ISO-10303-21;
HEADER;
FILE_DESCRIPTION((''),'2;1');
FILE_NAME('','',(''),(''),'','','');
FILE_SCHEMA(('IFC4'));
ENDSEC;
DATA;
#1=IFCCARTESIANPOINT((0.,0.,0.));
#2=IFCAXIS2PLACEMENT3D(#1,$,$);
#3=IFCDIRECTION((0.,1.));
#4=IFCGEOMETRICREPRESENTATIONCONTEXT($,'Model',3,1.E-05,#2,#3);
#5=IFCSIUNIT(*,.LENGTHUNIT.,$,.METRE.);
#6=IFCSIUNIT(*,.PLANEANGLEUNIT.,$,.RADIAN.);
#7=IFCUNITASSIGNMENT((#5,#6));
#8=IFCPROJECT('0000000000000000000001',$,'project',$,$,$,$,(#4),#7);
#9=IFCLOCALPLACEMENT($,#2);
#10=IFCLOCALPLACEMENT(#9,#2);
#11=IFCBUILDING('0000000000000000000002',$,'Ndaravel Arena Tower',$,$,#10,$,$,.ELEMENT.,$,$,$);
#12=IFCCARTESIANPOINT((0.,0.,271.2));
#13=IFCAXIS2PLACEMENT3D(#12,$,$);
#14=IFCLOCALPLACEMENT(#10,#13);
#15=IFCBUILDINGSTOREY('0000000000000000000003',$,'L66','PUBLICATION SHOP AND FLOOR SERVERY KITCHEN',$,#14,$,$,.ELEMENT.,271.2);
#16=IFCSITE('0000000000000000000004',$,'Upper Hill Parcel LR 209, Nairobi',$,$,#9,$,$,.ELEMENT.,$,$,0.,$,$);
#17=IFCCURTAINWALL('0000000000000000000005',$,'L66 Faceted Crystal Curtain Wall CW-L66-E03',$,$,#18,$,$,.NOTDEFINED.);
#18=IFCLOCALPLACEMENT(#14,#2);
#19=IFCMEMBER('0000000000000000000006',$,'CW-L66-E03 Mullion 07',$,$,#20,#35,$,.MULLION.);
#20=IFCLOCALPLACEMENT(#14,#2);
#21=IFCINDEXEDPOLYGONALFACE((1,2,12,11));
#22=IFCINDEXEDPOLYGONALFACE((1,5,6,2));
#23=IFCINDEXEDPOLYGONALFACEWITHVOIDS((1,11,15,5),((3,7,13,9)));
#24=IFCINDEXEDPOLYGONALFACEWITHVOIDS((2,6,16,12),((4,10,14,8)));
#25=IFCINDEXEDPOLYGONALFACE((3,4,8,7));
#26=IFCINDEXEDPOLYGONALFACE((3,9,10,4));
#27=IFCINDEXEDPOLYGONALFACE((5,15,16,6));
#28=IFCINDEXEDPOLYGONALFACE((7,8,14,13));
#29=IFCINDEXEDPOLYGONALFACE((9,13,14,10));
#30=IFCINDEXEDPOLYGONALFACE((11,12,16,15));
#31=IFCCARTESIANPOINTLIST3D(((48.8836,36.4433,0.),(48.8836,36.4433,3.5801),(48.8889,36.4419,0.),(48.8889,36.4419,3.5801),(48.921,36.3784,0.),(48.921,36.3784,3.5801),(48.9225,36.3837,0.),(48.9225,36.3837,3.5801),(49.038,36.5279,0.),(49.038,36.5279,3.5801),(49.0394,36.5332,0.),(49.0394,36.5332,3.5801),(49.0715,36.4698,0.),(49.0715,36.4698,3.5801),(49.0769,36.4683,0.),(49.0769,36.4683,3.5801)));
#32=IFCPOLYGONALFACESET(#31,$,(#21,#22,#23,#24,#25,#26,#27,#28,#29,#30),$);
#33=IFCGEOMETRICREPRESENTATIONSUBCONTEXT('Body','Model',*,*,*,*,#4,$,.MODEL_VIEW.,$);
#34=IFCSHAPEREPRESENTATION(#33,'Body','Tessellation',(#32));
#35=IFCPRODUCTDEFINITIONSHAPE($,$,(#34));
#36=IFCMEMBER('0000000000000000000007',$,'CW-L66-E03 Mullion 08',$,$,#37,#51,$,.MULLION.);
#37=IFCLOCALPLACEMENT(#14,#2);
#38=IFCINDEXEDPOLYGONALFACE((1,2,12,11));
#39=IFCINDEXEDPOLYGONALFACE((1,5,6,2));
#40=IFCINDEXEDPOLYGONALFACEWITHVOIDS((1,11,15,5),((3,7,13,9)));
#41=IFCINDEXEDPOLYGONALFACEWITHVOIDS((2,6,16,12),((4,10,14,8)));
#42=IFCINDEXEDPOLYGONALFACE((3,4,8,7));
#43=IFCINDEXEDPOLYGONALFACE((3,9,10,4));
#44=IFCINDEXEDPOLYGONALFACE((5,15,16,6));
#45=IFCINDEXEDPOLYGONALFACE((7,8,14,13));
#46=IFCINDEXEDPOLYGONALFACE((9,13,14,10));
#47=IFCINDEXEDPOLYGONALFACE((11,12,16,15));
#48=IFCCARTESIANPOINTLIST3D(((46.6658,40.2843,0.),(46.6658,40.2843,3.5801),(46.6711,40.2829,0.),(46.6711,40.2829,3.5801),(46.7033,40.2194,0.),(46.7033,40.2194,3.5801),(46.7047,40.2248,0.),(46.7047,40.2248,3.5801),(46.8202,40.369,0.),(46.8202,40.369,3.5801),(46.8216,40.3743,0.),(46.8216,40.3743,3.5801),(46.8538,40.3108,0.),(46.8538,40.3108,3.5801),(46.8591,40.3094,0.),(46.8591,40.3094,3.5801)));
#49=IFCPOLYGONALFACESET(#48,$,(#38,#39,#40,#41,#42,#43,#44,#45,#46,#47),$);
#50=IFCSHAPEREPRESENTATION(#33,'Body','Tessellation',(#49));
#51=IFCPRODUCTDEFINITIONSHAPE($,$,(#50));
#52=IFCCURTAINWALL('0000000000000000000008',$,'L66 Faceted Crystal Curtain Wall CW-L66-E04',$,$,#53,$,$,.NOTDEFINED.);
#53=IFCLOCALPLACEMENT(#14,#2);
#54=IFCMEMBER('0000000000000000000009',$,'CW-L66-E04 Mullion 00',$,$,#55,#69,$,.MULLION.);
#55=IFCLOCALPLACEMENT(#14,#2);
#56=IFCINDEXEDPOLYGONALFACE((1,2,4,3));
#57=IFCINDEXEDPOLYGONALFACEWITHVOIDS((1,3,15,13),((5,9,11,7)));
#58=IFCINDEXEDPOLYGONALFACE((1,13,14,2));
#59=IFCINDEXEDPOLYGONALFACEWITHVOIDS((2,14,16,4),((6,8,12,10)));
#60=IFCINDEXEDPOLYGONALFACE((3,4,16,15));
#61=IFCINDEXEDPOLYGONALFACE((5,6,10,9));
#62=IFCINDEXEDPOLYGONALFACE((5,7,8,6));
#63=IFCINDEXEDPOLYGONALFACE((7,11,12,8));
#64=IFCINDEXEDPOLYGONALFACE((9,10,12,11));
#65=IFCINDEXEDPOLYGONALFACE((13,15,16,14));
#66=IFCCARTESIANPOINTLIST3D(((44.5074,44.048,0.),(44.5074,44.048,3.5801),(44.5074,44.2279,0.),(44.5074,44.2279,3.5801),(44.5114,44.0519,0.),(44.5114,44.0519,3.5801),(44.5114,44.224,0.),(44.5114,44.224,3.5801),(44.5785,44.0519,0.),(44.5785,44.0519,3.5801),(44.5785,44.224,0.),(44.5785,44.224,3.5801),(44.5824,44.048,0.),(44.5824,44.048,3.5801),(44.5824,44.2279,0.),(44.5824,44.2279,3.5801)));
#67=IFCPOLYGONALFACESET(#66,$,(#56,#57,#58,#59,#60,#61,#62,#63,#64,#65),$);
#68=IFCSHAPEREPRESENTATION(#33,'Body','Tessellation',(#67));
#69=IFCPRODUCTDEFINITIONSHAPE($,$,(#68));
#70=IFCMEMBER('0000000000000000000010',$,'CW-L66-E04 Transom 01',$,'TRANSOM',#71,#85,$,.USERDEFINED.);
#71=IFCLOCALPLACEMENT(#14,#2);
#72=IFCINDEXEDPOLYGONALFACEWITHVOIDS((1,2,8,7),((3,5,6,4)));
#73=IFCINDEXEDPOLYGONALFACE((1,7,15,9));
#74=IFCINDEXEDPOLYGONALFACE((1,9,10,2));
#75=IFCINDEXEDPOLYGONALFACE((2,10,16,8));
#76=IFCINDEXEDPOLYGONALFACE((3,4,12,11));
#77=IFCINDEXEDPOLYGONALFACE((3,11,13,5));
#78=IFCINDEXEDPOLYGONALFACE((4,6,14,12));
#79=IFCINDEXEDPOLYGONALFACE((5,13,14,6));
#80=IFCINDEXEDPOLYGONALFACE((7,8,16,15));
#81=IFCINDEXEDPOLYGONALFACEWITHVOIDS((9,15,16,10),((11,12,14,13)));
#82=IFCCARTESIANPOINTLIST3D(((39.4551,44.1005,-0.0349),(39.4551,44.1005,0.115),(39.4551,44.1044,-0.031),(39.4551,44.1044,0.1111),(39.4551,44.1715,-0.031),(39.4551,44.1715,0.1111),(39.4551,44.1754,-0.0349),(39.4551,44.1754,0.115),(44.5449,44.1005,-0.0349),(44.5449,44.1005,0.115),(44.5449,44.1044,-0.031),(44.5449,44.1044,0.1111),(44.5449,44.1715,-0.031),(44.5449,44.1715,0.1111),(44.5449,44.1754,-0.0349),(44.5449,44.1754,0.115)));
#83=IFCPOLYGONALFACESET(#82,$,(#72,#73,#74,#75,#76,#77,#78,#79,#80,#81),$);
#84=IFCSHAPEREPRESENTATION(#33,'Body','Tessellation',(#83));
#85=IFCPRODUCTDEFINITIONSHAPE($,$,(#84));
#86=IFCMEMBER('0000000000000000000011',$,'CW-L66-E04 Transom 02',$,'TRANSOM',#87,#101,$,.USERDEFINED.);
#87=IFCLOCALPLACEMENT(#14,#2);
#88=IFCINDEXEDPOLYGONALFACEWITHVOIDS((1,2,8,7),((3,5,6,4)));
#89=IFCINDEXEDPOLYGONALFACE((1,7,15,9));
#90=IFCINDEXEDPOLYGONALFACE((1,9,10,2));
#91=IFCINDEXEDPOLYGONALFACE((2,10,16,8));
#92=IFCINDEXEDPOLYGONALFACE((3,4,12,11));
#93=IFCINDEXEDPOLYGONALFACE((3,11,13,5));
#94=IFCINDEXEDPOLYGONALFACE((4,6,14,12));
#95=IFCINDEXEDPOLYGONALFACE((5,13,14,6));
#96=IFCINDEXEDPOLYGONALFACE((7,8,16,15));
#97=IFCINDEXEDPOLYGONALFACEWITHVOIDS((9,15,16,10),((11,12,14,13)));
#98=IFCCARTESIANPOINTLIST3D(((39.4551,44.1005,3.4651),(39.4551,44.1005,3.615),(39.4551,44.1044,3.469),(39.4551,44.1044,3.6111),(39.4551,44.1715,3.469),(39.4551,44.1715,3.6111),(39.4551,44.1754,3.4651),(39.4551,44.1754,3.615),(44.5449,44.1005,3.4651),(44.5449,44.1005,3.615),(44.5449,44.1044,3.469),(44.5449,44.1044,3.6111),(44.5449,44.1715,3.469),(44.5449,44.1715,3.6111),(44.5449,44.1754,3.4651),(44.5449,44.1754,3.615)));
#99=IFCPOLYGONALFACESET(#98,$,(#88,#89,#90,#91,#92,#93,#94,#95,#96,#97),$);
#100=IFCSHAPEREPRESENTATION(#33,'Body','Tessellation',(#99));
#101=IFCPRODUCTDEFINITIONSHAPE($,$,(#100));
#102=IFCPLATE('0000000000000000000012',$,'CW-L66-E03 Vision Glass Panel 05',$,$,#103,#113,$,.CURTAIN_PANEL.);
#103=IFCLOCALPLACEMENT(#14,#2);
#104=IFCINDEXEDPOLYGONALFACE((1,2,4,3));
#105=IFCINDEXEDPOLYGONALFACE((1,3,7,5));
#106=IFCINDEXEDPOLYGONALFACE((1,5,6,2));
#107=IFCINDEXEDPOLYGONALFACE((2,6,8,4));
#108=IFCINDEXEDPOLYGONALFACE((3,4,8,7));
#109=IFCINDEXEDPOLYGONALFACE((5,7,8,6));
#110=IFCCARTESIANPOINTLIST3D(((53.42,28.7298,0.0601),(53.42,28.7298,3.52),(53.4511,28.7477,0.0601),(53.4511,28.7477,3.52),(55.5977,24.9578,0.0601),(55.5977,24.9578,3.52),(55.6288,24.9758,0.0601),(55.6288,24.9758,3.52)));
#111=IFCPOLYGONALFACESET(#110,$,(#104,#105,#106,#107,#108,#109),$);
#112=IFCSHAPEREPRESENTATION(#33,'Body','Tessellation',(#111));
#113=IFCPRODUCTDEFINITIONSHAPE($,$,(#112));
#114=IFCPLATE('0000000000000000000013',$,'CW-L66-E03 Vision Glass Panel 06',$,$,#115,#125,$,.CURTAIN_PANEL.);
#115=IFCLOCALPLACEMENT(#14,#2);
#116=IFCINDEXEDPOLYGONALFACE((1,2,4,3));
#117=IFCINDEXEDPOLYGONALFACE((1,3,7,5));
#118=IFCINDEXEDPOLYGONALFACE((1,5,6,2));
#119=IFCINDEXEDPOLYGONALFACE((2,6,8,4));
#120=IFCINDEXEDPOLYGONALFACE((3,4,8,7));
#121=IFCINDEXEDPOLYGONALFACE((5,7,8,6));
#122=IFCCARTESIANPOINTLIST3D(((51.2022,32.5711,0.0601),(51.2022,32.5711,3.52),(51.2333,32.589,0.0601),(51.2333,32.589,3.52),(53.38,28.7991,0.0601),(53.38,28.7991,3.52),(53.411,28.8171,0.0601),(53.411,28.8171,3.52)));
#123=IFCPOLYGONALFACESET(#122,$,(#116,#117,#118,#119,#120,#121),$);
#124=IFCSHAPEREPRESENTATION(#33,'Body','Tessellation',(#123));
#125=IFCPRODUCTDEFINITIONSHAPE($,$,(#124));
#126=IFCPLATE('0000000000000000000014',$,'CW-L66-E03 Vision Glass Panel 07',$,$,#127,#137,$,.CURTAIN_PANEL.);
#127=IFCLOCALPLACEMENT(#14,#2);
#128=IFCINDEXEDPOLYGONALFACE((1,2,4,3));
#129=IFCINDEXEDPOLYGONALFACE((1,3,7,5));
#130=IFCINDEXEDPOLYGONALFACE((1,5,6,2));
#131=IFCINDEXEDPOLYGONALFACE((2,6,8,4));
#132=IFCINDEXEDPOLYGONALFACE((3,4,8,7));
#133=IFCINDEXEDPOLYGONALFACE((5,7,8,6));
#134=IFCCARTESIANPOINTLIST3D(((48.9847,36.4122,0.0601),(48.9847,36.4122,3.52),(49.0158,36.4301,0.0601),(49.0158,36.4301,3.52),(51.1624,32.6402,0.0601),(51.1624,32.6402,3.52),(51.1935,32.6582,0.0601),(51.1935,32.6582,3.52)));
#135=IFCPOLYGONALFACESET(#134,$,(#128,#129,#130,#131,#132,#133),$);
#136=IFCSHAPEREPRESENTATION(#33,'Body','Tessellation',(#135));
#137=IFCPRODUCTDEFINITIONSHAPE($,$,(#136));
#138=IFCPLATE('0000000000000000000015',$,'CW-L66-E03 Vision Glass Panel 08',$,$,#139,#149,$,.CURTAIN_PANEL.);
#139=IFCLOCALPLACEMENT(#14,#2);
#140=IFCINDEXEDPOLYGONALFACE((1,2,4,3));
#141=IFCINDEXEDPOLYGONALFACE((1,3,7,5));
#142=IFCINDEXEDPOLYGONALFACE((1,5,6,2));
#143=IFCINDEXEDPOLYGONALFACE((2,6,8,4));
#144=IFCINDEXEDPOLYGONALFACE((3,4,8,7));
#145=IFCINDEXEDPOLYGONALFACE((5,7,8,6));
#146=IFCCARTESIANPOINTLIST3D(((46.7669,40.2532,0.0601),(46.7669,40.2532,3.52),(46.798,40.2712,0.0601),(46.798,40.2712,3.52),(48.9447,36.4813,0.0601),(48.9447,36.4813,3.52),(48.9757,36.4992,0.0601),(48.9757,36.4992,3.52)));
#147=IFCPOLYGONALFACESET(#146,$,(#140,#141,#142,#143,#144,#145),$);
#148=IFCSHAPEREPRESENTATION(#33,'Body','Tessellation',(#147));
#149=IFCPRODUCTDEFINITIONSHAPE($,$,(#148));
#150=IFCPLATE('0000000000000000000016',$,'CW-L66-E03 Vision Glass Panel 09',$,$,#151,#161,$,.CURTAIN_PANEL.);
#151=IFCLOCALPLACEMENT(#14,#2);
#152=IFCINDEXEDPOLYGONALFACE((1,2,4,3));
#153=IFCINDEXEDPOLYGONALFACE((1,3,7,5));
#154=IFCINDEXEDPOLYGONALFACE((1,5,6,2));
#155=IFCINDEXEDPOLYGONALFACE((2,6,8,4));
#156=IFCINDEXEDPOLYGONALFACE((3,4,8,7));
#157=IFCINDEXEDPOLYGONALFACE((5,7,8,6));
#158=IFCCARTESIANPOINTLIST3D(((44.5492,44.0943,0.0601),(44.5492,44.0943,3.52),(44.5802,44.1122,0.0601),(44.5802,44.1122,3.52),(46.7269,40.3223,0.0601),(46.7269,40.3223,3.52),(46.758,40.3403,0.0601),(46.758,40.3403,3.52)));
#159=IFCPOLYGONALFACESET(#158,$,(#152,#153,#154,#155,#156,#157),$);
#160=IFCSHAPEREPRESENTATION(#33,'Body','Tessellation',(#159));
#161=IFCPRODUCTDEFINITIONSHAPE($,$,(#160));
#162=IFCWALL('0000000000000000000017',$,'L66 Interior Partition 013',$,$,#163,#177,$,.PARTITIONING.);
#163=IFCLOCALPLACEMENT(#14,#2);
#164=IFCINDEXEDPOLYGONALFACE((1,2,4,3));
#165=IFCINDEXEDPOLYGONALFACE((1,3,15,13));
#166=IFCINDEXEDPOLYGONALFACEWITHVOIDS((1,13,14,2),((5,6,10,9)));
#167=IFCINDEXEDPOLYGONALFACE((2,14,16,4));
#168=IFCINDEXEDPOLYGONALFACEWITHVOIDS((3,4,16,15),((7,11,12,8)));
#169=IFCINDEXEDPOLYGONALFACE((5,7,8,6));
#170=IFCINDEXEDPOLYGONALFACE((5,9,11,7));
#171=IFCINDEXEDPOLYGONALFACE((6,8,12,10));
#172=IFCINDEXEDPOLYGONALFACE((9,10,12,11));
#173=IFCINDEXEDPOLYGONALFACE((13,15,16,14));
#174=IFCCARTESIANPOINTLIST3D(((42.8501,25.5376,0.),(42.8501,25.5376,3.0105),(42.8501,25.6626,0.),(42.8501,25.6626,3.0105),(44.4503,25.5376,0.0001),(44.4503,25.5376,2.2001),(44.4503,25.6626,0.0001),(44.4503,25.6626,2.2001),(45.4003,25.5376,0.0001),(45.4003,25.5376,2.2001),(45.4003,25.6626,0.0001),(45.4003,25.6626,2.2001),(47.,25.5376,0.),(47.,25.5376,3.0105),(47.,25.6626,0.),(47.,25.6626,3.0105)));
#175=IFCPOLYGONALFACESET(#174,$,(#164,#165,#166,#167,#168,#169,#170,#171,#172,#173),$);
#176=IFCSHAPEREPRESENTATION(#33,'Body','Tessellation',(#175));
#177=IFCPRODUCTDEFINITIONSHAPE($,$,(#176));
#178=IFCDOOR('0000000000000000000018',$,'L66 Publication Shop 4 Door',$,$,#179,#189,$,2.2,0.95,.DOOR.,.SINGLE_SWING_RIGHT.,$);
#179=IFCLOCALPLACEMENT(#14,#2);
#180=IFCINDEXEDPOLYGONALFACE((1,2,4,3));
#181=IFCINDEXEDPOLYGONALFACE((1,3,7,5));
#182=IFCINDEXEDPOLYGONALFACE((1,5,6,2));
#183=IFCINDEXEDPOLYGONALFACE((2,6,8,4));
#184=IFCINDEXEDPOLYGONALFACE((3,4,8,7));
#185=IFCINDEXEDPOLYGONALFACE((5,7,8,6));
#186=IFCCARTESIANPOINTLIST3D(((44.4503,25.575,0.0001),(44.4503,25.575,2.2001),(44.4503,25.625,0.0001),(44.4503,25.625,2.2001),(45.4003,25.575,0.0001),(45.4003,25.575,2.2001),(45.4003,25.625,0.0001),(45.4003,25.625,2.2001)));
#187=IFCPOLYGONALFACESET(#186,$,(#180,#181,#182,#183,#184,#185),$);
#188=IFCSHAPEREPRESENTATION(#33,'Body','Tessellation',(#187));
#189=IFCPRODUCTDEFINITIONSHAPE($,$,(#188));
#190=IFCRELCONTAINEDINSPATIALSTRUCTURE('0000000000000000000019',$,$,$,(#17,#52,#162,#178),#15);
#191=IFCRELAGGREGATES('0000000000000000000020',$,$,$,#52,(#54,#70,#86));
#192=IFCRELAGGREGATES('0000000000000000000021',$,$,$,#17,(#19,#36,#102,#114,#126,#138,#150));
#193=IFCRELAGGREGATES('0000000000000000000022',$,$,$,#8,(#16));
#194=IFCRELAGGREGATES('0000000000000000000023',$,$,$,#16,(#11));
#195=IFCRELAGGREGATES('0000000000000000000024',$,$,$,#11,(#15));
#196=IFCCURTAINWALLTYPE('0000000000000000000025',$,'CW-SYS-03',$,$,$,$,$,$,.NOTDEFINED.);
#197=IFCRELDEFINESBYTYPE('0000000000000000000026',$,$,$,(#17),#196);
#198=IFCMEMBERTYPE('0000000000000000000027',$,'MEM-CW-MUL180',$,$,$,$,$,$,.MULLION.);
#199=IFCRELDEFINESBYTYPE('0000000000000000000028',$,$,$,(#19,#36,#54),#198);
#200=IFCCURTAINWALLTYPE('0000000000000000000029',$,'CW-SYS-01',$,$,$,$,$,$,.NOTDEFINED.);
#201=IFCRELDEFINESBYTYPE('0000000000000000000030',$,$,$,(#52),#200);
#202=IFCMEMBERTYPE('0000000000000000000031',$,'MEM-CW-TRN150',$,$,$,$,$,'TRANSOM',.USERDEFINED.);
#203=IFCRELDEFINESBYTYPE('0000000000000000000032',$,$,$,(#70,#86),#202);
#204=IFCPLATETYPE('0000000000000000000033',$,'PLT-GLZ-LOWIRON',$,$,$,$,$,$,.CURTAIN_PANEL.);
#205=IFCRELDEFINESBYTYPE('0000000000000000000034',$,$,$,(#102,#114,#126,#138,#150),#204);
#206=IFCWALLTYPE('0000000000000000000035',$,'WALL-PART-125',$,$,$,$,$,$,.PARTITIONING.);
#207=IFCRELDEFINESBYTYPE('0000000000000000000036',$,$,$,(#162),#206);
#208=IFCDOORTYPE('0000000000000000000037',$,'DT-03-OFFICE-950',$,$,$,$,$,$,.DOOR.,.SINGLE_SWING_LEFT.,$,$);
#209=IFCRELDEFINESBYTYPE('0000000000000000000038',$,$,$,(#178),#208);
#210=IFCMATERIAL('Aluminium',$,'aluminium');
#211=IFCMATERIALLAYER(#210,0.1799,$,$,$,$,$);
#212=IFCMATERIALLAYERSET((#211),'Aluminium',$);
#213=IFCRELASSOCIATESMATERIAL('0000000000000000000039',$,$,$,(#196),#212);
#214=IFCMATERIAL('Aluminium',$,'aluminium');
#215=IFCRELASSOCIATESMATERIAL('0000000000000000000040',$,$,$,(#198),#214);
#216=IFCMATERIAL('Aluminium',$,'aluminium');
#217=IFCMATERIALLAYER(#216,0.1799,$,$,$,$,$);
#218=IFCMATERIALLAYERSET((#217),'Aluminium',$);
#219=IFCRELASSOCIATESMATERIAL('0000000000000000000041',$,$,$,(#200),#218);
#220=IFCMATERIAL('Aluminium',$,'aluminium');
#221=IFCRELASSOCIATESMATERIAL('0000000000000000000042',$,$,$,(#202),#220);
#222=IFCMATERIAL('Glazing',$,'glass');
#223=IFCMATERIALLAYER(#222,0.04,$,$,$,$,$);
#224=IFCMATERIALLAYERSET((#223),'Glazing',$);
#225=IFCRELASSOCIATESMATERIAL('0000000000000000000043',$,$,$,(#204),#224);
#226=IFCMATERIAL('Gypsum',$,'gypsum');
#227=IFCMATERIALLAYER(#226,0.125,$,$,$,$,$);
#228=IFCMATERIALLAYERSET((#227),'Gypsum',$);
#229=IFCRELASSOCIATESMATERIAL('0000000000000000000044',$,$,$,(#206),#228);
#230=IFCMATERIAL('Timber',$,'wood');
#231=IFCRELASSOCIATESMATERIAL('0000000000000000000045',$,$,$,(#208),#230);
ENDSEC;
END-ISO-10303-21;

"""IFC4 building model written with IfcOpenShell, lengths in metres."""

from ifc_helpers import new_model, si_unit, direction, frame, frame_2d, origin, origin_2d, place, context, subcontext, project, spatial, rectangle, hollow_rectangle, extrude, material, layer, layer_set, material_profile, profile_set, type_object, element, fill, aggregate, save


model = new_model("IFC4")

# Units and contexts
model_context = context("Model", 3, precision=1e-05, world=origin(), true_north=direction((0.0, 1.0)))
body_context = subcontext(model_context, "Body", "Model", "MODEL_VIEW")
ifc_project = project(units=[si_unit("LENGTHUNIT", "METRE"), si_unit("PLANEANGLEUNIT", "RADIAN")], contexts=[model_context])

# Site, building, storey
site_placement = place(None, origin())
site = spatial("IfcSite", under=ifc_project, at=site_placement, Name="Upper Hill Parcel LR 209, Nairobi", CompositionType="ELEMENT", RefElevation=0.0)
building_placement = place(site_placement, origin())
building = spatial("IfcBuilding", under=site, at=building_placement, Name="Ndaravel Arena Tower", CompositionType="ELEMENT")
storey_placement = place(building_placement, frame((0.0, 0.0, 271.2)))
storey = spatial("IfcBuildingStorey", under=building, at=storey_placement, Name="L66", Description="PUBLICATION SHOP AND FLOOR SERVERY KITCHEN", CompositionType="ELEMENT", Elevation=271.2)

# Curtain walls, members
ifc_material_1 = material(Name="Aluminium", Category="aluminium")
ifc_layer_1 = layer(ifc_material_1, 0.1799)
ifc_layer_set_1 = layer_set([ifc_layer_1], Name="Aluminium")
curtain_wall_type_1 = type_object("IfcCurtainWallType", Name="CW-SYS-03", PredefinedType="NOTDEFINED", material=ifc_layer_set_1)
curtain_wall_1_placement = place(storey_placement, origin())
curtain_wall_1 = element("IfcCurtainWall", 1, at=curtain_wall_1_placement, inside=storey, type_object=curtain_wall_type_1, Name="L66 Faceted Crystal Curtain Wall CW-L66-E03", PredefinedType="NOTDEFINED")
ifc_material_2 = material(Name="Aluminium", Category="aluminium")
ifc_material_profile_1 = material_profile(ifc_material_2, hollow_rectangle(XDim=0.075, YDim=0.1799, WallThickness=0.0039, at=origin_2d()), Name="CW MULLION 75x180x4")
ifc_profile_set_1 = profile_set([ifc_material_profile_1], Name="Aluminium")
member_type_1 = type_object("IfcMemberType", Name="MEM-CW-MUL180", PredefinedType="MULLION", material=ifc_profile_set_1)
member_1_placement = place(storey_placement, frame((48.9802, 36.4558, 0.0), z_axis=(0.0, 0.0, 1.0), x_axis=(-0.5, 0.866025, 0.0)))
member_1 = element("IfcMember", 2, at=member_1_placement, type_object=member_type_1, Name="CW-L66-E03 Mullion 07", PredefinedType="MULLION", context=body_context, shape_type="SweptSolid", body=[
    extrude(hollow_rectangle(XDim=0.075, YDim=0.1799, WallThickness=0.0039, at=origin_2d()), origin(), (0.0, 0.0, 1.0), 3.5801),
])
member_2_placement = place(storey_placement, frame((46.7625, 40.2969, 0.0), z_axis=(0.0, 0.0, 1.0), x_axis=(-0.5, 0.866025, 0.0)))
member_2 = element("IfcMember", 3, at=member_2_placement, type_object=member_type_1, Name="CW-L66-E03 Mullion 08", PredefinedType="MULLION", context=body_context, shape_type="SweptSolid", body=[
    extrude(hollow_rectangle(XDim=0.075, YDim=0.1799, WallThickness=0.0039, at=origin_2d()), origin(), (0.0, 0.0, 1.0), 3.5801),
])
ifc_material_3 = material(Name="Aluminium", Category="aluminium")
ifc_layer_2 = layer(ifc_material_3, 0.1799)
ifc_layer_set_2 = layer_set([ifc_layer_2], Name="Aluminium")
curtain_wall_type_2 = type_object("IfcCurtainWallType", Name="CW-SYS-01", PredefinedType="NOTDEFINED", material=ifc_layer_set_2)
curtain_wall_2_placement = place(storey_placement, origin())
curtain_wall_2 = element("IfcCurtainWall", 4, at=curtain_wall_2_placement, inside=storey, type_object=curtain_wall_type_2, Name="L66 Faceted Crystal Curtain Wall CW-L66-E04", PredefinedType="NOTDEFINED")
member_3_placement = place(storey_placement, frame((44.5449, 44.1379, 0.0), z_axis=(0.0, 0.0, 1.0), x_axis=(-1.0, 0.0, 0.0)))
member_3 = element("IfcMember", 5, at=member_3_placement, type_object=member_type_1, Name="CW-L66-E04 Mullion 00", PredefinedType="MULLION", context=body_context, shape_type="SweptSolid", body=[
    extrude(hollow_rectangle(XDim=0.075, YDim=0.1799, WallThickness=0.0039, at=origin_2d()), origin(), (0.0, 0.0, 1.0), 3.5801),
])
ifc_material_4 = material(Name="Aluminium", Category="aluminium")
ifc_material_profile_2 = material_profile(ifc_material_4, hollow_rectangle(XDim=0.075, YDim=0.1499, WallThickness=0.0039, at=origin_2d()), Name="CW TRANSOM 75x150x4")
ifc_profile_set_2 = profile_set([ifc_material_profile_2], Name="Aluminium")
member_type_2 = type_object("IfcMemberType", Name="MEM-CW-TRN150", ElementType="TRANSOM", PredefinedType="USERDEFINED", material=ifc_profile_set_2)
member_4_placement = place(storey_placement, frame((44.5449, 44.1379, 0.04), z_axis=(-1.0, 0.0, 0.0), x_axis=(0.0, -1.0, 0.0)))
member_4 = element("IfcMember", 6, at=member_4_placement, type_object=member_type_2, Name="CW-L66-E04 Transom 01", ObjectType="TRANSOM", PredefinedType="USERDEFINED", context=body_context, shape_type="SweptSolid", body=[
    extrude(hollow_rectangle(XDim=0.075, YDim=0.1499, WallThickness=0.0039, at=origin_2d()), origin(), (0.0, 0.0, 1.0), 5.0898),
])
member_5_placement = place(storey_placement, frame((44.5449, 44.1379, 3.54), z_axis=(-1.0, 0.0, 0.0), x_axis=(0.0, -1.0, 0.0)))
member_5 = element("IfcMember", 7, at=member_5_placement, type_object=member_type_2, Name="CW-L66-E04 Transom 02", ObjectType="TRANSOM", PredefinedType="USERDEFINED", context=body_context, shape_type="SweptSolid", body=[
    extrude(hollow_rectangle(XDim=0.075, YDim=0.1499, WallThickness=0.0039, at=origin_2d()), origin(), (0.0, 0.0, 1.0), 5.0898),
])
aggregate(curtain_wall_2, [member_3, member_4, member_5])

# Plates
ifc_material_5 = material(Name="Glazing", Category="glass")
ifc_layer_3 = layer(ifc_material_5, 0.04)
ifc_layer_set_3 = layer_set([ifc_layer_3], Name="Glazing")
plate_type = type_object("IfcPlateType", Name="PLT-GLZ-LOWIRON", PredefinedType="CURTAIN_PANEL", material=ifc_layer_set_3)
plate_1_placement = place(storey_placement, frame((54.5244, 26.8528, 0.0601), z_axis=(0.0, 0.0, 1.0), x_axis=(-0.5, 0.866025, 0.0)))
plate_1 = element("IfcPlate", 8, at=plate_1_placement, type_object=plate_type, Name="CW-L66-E03 Vision Glass Panel 05", PredefinedType="CURTAIN_PANEL", context=body_context, shape_type="SweptSolid", body=[
    extrude(rectangle(XDim=4.3555, YDim=0.0359, at=origin_2d()), origin(), (0.0, 0.0, 1.0), 3.46),
])
plate_2_placement = place(storey_placement, frame((52.3066, 30.6941, 0.0601), z_axis=(0.0, 0.0, 1.0), x_axis=(-0.5, 0.866025, 0.0)))
plate_2 = element("IfcPlate", 9, at=plate_2_placement, type_object=plate_type, Name="CW-L66-E03 Vision Glass Panel 06", PredefinedType="CURTAIN_PANEL", context=body_context, shape_type="SweptSolid", body=[
    extrude(rectangle(XDim=4.3555, YDim=0.0359, at=origin_2d()), origin(), (0.0, 0.0, 1.0), 3.46),
])
plate_3_placement = place(storey_placement, frame((50.0891, 34.5352, 0.0601), z_axis=(0.0, 0.0, 1.0), x_axis=(-0.5, 0.866025, 0.0)))
plate_3 = element("IfcPlate", 10, at=plate_3_placement, type_object=plate_type, Name="CW-L66-E03 Vision Glass Panel 07", PredefinedType="CURTAIN_PANEL", context=body_context, shape_type="SweptSolid", body=[
    extrude(rectangle(XDim=4.3555, YDim=0.0359, at=origin_2d()), origin(), (0.0, 0.0, 1.0), 3.46),
])
plate_4_placement = place(storey_placement, frame((47.8713, 38.3762, 0.0601), z_axis=(0.0, 0.0, 1.0), x_axis=(-0.5, 0.866025, 0.0)))
plate_4 = element("IfcPlate", 11, at=plate_4_placement, type_object=plate_type, Name="CW-L66-E03 Vision Glass Panel 08", PredefinedType="CURTAIN_PANEL", context=body_context, shape_type="SweptSolid", body=[
    extrude(rectangle(XDim=4.3555, YDim=0.0359, at=origin_2d()), origin(), (0.0, 0.0, 1.0), 3.46),
])
plate_5_placement = place(storey_placement, frame((45.6536, 42.2173, 0.0601), z_axis=(0.0, 0.0, 1.0), x_axis=(-0.5, 0.866025, 0.0)))
plate_5 = element("IfcPlate", 12, at=plate_5_placement, type_object=plate_type, Name="CW-L66-E03 Vision Glass Panel 09", PredefinedType="CURTAIN_PANEL", context=body_context, shape_type="SweptSolid", body=[
    extrude(rectangle(XDim=4.3555, YDim=0.0359, at=origin_2d()), origin(), (0.0, 0.0, 1.0), 3.46),
])
aggregate(curtain_wall_1, [member_1, member_2, plate_1, plate_2, plate_3, plate_4, plate_5])

# Wall, opening, door
ifc_material_6 = material(Name="Gypsum", Category="gypsum")
ifc_layer_4 = layer(ifc_material_6, 0.125)
ifc_layer_set_4 = layer_set([ifc_layer_4], Name="Gypsum")
wall_type = type_object("IfcWallType", Name="WALL-PART-125", PredefinedType="PARTITIONING", material=ifc_layer_set_4)
wall_1_placement = place(storey_placement, frame((42.8501, 25.6001, 0.0), z_axis=(0.0, 0.0, 1.0), x_axis=(1.0, 0.0, 0.0)))
wall_1 = element("IfcWall", 13, at=wall_1_placement, inside=storey, type_object=wall_type, Name="L66 Interior Partition 013", PredefinedType="PARTITIONING", context=body_context, shape_type="SweptSolid", body=[
    extrude(rectangle(XDim=4.1499, YDim=0.125, at=frame_2d((2.075, 0.0))), origin(), (0.0, 0.0, 1.0), 3.0105),
])
opening_1_placement = place(wall_1_placement, frame((1.6001, 0.0, 0.0)))
opening_1 = element("IfcOpeningElement", 14, at=opening_1_placement, cuts=wall_1, PredefinedType="OPENING", context=body_context, shape_type="SweptSolid", body=[
    extrude(rectangle(XDim=0.95, YDim=2.2, at=frame_2d((0.4751, 1.1001))), frame((0.0, 0.0625, 0.0), z_axis=(0.0, -1.0, 0.0), x_axis=(1.0, 0.0, 0.0)), (0.0, 0.0, 1.0), 0.125),
])
ifc_material_7 = material(Name="Timber", Category="wood")
door_type = type_object("IfcDoorType", Name="DT-03-OFFICE-950", OperationType="SINGLE_SWING_LEFT", PredefinedType="DOOR", material=ifc_material_7)
door_1_placement = place(opening_1_placement, origin())
door_1 = element("IfcDoor", 15, at=door_1_placement, inside=storey, type_object=door_type, Name="L66 Publication Shop 4 Door", OperationType="SINGLE_SWING_RIGHT", OverallHeight=2.2, OverallWidth=0.95, PredefinedType="DOOR", context=body_context, shape_type="SweptSolid", body=[
    extrude(rectangle(XDim=0.95, YDim=2.2, at=frame_2d((0.4751, 1.1001))), frame((0.0, 0.0249, 0.0), z_axis=(0.0, -1.0, 0.0), x_axis=(1.0, 0.0, 0.0)), (0.0, 0.0, 1.0), 0.05),
])
fill(opening_1, door_1)

save(model, "model.ifc")
